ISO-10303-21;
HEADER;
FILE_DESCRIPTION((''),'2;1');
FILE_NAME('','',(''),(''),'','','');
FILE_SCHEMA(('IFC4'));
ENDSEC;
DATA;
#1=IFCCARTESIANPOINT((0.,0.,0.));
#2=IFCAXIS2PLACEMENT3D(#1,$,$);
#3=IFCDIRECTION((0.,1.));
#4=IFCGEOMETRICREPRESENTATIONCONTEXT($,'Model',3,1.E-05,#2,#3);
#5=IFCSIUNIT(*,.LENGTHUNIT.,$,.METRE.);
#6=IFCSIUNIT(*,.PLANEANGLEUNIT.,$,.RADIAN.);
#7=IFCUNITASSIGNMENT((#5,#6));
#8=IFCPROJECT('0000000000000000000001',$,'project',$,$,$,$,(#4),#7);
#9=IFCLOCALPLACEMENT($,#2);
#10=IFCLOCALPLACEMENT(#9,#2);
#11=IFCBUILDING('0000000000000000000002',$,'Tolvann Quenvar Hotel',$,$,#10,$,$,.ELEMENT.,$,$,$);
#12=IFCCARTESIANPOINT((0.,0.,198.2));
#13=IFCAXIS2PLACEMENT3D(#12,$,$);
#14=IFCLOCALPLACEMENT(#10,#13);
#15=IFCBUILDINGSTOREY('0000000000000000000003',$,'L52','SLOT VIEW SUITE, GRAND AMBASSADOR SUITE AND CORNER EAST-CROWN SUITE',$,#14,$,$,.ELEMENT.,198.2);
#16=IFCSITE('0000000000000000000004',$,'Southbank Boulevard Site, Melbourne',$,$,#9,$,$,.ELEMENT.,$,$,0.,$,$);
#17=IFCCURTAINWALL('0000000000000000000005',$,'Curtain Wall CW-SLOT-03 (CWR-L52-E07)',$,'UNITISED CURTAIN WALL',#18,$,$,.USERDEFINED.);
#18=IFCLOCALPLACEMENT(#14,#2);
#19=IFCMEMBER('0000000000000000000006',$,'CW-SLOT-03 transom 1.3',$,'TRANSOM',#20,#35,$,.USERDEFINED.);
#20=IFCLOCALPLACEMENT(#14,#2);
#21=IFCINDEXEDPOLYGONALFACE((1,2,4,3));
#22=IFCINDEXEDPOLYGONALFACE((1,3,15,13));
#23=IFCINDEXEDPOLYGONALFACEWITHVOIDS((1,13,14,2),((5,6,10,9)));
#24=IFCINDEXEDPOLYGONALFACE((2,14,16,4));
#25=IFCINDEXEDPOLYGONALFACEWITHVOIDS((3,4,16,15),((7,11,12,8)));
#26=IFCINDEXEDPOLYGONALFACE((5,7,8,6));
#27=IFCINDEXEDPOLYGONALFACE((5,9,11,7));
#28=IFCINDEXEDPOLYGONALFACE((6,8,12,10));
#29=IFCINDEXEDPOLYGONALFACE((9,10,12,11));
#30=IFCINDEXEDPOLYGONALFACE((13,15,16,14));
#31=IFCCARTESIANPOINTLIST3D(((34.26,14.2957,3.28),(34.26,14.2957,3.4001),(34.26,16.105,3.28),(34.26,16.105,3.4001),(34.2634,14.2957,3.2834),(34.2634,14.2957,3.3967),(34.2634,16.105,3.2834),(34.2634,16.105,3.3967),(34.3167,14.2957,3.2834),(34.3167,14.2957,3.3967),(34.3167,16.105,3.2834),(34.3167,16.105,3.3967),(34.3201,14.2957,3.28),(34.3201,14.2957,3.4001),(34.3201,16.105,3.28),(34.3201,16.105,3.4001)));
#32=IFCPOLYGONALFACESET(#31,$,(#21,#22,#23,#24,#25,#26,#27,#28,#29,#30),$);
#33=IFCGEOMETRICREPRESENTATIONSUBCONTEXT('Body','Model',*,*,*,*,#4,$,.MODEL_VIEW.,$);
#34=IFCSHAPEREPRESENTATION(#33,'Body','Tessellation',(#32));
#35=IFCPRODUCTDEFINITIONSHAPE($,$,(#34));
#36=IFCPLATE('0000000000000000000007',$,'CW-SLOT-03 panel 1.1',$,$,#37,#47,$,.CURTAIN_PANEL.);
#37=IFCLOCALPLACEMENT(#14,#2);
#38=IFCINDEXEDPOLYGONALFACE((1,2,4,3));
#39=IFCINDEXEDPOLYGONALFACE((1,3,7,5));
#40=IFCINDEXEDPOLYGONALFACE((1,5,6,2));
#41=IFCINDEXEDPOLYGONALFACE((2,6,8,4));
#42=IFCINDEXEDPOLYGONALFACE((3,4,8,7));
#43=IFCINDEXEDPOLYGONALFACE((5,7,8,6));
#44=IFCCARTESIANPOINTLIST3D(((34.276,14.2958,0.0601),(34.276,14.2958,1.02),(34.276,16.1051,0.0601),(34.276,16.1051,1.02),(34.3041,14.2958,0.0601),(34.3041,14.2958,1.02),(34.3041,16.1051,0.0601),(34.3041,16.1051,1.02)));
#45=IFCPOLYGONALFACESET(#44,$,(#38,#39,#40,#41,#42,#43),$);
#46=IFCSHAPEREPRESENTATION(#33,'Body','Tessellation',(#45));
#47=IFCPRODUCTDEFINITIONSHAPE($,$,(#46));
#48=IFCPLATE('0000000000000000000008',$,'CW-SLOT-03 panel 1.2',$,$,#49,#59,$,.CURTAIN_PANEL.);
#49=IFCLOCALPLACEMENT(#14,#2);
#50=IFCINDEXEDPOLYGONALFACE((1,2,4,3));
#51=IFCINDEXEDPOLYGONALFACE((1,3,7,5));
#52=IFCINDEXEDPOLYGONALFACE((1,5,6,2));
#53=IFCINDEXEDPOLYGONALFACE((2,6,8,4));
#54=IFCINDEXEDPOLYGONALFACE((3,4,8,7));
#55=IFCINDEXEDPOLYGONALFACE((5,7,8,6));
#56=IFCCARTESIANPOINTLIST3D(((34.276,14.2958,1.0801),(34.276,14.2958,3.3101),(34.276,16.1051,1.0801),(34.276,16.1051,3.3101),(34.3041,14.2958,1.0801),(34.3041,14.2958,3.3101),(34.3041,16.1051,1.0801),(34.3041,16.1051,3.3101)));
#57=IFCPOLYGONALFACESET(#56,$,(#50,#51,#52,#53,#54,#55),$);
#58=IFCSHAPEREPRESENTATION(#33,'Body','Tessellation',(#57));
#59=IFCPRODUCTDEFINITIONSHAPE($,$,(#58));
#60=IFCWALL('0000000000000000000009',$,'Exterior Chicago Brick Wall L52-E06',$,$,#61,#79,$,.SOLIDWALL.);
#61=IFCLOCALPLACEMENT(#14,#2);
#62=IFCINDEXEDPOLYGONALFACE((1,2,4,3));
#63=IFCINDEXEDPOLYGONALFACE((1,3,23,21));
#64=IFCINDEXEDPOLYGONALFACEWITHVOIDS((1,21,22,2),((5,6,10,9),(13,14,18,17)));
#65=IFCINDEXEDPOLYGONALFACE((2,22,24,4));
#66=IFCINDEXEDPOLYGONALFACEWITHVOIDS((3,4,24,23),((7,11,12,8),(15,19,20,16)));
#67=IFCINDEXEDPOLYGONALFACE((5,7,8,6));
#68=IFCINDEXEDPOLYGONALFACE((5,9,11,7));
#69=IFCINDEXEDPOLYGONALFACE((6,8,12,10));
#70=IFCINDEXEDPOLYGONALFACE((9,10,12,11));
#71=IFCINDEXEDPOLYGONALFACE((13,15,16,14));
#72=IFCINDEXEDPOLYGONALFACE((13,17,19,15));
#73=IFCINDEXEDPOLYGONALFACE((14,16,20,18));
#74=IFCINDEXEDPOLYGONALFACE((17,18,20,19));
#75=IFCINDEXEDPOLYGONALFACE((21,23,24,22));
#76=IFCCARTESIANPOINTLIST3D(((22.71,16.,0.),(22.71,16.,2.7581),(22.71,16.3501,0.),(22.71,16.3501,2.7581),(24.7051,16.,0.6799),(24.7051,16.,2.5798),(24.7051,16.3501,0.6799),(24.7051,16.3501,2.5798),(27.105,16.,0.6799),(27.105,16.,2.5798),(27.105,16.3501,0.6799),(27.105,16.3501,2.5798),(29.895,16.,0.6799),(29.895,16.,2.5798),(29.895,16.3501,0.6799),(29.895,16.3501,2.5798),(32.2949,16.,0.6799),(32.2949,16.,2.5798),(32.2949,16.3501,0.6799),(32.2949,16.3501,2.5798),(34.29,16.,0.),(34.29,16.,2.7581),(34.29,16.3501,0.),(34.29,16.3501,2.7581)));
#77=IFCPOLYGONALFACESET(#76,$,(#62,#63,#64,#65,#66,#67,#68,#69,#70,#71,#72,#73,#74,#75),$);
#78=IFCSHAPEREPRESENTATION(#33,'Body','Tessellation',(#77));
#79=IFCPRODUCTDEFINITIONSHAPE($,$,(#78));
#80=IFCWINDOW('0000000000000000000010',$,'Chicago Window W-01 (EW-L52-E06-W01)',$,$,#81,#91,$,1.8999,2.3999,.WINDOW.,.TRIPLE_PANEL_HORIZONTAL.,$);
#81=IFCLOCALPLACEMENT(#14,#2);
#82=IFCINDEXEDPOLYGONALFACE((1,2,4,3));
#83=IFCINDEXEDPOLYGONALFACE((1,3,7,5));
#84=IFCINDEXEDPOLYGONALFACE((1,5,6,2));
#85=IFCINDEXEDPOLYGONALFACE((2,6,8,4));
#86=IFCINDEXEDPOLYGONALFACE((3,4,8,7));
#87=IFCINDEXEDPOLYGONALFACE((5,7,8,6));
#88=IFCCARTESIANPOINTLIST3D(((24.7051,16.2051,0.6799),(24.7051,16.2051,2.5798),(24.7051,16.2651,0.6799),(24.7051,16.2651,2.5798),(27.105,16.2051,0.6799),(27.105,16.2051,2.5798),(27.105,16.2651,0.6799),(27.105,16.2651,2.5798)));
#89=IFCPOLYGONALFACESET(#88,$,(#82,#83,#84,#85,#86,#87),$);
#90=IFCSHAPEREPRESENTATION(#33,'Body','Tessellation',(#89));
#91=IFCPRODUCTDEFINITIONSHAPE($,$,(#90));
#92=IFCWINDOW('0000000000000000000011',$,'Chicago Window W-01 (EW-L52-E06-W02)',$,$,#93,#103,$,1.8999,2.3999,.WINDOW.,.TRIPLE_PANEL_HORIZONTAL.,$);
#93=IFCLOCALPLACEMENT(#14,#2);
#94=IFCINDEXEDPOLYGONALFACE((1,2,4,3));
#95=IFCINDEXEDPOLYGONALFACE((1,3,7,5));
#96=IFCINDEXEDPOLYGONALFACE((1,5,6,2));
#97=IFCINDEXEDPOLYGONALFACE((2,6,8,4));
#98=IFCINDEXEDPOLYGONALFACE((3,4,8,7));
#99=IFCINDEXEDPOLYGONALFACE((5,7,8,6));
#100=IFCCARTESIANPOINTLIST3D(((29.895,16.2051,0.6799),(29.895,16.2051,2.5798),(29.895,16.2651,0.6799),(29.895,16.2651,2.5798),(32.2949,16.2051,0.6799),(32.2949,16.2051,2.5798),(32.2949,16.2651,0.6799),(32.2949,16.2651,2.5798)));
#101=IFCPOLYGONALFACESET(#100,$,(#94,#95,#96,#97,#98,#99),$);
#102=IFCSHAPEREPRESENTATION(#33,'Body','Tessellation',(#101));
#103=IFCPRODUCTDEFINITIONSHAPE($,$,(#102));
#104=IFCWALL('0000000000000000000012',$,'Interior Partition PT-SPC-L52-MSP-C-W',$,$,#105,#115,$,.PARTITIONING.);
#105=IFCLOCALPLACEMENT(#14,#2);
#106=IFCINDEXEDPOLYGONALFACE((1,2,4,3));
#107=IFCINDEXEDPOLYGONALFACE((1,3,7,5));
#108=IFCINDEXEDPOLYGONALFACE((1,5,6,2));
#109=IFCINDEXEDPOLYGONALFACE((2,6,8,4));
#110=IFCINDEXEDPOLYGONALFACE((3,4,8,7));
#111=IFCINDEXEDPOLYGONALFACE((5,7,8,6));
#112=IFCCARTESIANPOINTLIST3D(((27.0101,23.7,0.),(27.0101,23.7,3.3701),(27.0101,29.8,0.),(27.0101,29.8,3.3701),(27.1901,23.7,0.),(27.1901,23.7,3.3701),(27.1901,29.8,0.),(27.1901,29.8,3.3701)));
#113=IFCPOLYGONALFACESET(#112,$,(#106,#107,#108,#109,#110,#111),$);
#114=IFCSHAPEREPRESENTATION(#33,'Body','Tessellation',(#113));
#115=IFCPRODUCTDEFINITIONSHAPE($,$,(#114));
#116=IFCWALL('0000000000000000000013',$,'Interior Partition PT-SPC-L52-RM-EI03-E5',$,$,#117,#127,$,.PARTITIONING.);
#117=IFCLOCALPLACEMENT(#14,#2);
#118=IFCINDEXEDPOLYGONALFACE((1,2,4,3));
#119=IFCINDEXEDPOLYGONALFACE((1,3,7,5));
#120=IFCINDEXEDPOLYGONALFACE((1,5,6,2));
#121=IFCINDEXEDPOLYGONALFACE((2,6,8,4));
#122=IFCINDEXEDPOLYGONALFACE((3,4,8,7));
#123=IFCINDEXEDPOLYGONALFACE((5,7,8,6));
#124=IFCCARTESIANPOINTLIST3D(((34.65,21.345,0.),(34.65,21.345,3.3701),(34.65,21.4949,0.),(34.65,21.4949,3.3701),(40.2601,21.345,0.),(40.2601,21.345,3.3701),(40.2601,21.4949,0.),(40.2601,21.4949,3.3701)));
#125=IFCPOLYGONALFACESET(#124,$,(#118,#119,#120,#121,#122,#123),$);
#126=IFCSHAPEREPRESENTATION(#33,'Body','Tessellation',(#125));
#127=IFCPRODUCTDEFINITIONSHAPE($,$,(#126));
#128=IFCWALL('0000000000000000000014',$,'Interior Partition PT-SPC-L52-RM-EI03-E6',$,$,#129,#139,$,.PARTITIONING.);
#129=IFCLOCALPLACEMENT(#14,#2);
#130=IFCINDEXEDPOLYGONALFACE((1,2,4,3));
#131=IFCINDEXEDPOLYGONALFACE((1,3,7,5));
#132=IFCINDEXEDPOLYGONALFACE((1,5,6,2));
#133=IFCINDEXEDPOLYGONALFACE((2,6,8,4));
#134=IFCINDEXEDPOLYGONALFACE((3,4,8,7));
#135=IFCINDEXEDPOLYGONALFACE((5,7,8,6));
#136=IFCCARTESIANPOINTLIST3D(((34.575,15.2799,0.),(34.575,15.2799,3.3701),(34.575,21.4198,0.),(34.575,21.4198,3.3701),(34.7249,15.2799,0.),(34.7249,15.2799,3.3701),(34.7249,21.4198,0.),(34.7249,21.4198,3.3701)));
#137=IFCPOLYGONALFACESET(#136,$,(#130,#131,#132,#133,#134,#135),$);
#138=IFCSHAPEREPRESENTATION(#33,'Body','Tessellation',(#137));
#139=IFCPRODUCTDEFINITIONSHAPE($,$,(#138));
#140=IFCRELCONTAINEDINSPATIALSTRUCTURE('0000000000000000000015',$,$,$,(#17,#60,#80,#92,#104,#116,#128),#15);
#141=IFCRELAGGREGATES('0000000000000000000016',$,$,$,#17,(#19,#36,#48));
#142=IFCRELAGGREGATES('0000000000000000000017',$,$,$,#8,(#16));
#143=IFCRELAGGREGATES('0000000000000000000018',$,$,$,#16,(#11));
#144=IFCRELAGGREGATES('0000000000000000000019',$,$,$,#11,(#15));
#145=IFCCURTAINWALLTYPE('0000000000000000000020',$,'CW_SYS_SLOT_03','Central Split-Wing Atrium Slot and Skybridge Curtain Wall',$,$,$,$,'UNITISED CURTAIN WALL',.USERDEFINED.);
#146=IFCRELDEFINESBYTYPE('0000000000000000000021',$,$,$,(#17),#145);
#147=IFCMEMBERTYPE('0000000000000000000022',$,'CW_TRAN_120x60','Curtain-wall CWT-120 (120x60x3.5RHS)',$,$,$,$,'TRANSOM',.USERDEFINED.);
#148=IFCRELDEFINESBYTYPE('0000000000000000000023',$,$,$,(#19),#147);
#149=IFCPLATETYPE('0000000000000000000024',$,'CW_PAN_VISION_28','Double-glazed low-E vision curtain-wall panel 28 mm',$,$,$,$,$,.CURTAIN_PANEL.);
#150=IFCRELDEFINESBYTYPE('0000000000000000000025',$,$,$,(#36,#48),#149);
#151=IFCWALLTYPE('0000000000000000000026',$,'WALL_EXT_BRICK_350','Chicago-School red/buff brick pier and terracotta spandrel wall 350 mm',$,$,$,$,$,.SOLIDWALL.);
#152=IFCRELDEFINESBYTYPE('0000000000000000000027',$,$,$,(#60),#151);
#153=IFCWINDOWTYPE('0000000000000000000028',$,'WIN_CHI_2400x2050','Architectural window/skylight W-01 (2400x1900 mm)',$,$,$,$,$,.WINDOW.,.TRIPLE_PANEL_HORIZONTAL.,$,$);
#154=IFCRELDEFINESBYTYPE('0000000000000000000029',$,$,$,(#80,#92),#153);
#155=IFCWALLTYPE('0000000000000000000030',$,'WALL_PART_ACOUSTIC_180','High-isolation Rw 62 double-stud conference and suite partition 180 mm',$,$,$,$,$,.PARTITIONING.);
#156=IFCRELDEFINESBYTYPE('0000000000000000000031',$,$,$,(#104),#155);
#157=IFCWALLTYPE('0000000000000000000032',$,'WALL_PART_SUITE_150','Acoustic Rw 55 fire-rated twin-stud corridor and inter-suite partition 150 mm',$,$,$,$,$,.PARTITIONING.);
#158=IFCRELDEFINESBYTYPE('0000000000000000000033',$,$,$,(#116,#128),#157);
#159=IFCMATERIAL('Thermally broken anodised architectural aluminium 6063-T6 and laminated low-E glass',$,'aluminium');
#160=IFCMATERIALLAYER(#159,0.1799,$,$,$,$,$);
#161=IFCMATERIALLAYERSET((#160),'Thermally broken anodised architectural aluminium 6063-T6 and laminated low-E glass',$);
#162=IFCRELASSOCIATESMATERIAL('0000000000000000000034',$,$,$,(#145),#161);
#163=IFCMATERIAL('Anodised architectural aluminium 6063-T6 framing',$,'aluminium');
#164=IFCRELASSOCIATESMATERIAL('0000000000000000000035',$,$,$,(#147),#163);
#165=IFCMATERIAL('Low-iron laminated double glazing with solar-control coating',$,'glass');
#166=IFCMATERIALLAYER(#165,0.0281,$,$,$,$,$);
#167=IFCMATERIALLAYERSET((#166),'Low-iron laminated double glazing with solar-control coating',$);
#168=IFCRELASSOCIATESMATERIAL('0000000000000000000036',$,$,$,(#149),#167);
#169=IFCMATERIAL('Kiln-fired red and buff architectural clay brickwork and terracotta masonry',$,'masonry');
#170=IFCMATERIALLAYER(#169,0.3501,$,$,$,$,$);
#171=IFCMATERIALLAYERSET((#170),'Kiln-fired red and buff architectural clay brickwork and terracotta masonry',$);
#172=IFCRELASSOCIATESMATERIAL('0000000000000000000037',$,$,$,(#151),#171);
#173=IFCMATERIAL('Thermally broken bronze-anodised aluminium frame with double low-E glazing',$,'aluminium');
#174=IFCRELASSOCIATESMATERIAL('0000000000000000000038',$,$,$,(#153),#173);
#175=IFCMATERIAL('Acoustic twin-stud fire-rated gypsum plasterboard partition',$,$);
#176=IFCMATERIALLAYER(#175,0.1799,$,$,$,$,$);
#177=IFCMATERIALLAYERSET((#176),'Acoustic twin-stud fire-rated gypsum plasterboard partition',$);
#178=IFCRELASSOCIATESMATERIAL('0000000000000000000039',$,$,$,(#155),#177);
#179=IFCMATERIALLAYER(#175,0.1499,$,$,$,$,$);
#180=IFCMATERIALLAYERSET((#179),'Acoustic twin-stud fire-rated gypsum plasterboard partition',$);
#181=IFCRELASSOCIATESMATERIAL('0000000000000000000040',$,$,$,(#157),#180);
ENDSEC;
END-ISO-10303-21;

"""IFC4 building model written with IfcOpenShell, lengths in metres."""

from ifc_helpers import new_model, si_unit, direction, frame, frame_2d, origin, origin_2d, place, context, subcontext, project, spatial, rectangle, hollow_rectangle, extrude, source, transform, mapped, material, layer, layer_set, material_profile, profile_set, type_object, type_shapes, element, fill, aggregate, save


model = new_model("IFC4")

# Units and contexts
model_context = context("Model", 3, precision=1e-05, world=origin(), true_north=direction((0.0, 1.0)))
body_context = subcontext(model_context, "Body", "Model", "MODEL_VIEW")
ifc_project = project(units=[si_unit("LENGTHUNIT", "METRE"), si_unit("PLANEANGLEUNIT", "RADIAN")], contexts=[model_context])

# Site, building, storey
site_placement = place(None, origin())
site = spatial("IfcSite", under=ifc_project, at=site_placement, Name="Southbank Boulevard Site, Melbourne", CompositionType="ELEMENT", RefElevation=0.0)
building_placement = place(site_placement, origin())
building = spatial("IfcBuilding", under=site, at=building_placement, Name="Tolvann Quenvar Hotel", CompositionType="ELEMENT")
storey_placement = place(building_placement, frame((0.0, 0.0, 198.2)))
storey = spatial("IfcBuildingStorey", under=building, at=storey_placement, Name="L52", Description="SLOT VIEW SUITE, GRAND AMBASSADOR SUITE AND CORNER EAST-CROWN SUITE", CompositionType="ELEMENT", Elevation=198.2)

# Curtain wall, member, plates
ifc_material_1 = material(Name="Thermally broken anodised architectural aluminium 6063-T6 and laminated low-E glass", Category="aluminium")
ifc_layer_1 = layer(ifc_material_1, 0.1799)
ifc_layer_set_1 = layer_set([ifc_layer_1], Name="Thermally broken anodised architectural aluminium 6063-T6 and laminated low-E glass")
curtain_wall_type = type_object("IfcCurtainWallType", Name="CW_SYS_SLOT_03", Description="Central Split-Wing Atrium Slot and Skybridge Curtain Wall", ElementType="UNITISED CURTAIN WALL", PredefinedType="USERDEFINED", material=ifc_layer_set_1)
curtain_wall_placement = place(storey_placement, origin())
curtain_wall = element("IfcCurtainWall", 1, at=curtain_wall_placement, inside=storey, type_object=curtain_wall_type, Name="Curtain Wall CW-SLOT-03 (CWR-L52-E07)", ObjectType="UNITISED CURTAIN WALL", PredefinedType="USERDEFINED")
ifc_material_2 = material(Name="Anodised architectural aluminium 6063-T6 framing", Category="aluminium")
ifc_material_profile_1 = material_profile(ifc_material_2, hollow_rectangle(XDim=0.0601, YDim=0.1201, WallThickness=0.0034, at=origin_2d()), Name="120x60x3.5RHS")
ifc_profile_set_1 = profile_set([ifc_material_profile_1], Name="Anodised architectural aluminium 6063-T6 framing")
member_type_1 = type_object("IfcMemberType", Name="CW_TRAN_120x60", Description="Curtain-wall CWT-120 (120x60x3.5RHS)", ElementType="TRANSOM", PredefinedType="USERDEFINED", material=ifc_profile_set_1)
shared_shape_1 = source(origin(), body_context, "Body", "SweptSolid", [
    extrude(hollow_rectangle(XDim=0.0601, YDim=0.1201, WallThickness=0.0034, at=origin_2d()), origin(), (0.0, 0.0, 1.0), 1.8093),
])
type_shapes(member_type_1, [shared_shape_1])
member_1_placement = place(storey_placement, frame((34.29, 16.105, 3.3401), z_axis=(0.0, -1.0, 0.0), x_axis=(1.0, 0.0, 0.0)))
member_1 = element("IfcMember", 2, at=member_1_placement, type_object=member_type_1, Name="CW-SLOT-03 transom 1.3", ObjectType="TRANSOM", PredefinedType="USERDEFINED", context=body_context, shape_type="MappedRepresentation", body=[
    mapped(shared_shape_1, transform((0.0, 0.0, 0.0), x_axis=(1.0, 0.0, 0.0), y_axis=(0.0, 1.0, 0.0), z_axis=(0.0, 0.0, 1.0), scale=1.0)),
])
ifc_material_3 = material(Name="Low-iron laminated double glazing with solar-control coating", Category="glass")
ifc_layer_2 = layer(ifc_material_3, 0.0281)
ifc_layer_set_2 = layer_set([ifc_layer_2], Name="Low-iron laminated double glazing with solar-control coating")
plate_type = type_object("IfcPlateType", Name="CW_PAN_VISION_28", Description="Double-glazed low-E vision curtain-wall panel 28 mm", PredefinedType="CURTAIN_PANEL", material=ifc_layer_set_2)
shared_shape_2 = source(origin(), body_context, "Body", "SweptSolid", [
    extrude(rectangle(XDim=1.8093, YDim=0.0281, at=origin_2d()), origin(), (0.0, 0.0, 1.0), 0.96),
])
plate_1_placement = place(storey_placement, frame((34.29, 15.2004, 0.0601), z_axis=(0.0, 0.0, 1.0), x_axis=(0.0, -1.0, 0.0)))
plate_1 = element("IfcPlate", 3, at=plate_1_placement, type_object=plate_type, Name="CW-SLOT-03 panel 1.1", PredefinedType="CURTAIN_PANEL", context=body_context, shape_type="MappedRepresentation", body=[
    mapped(shared_shape_2, transform((0.0, 0.0, 0.0), x_axis=(1.0, 0.0, 0.0), y_axis=(0.0, 1.0, 0.0), z_axis=(0.0, 0.0, 1.0), scale=1.0)),
])
shared_shape_3 = source(origin(), body_context, "Body", "SweptSolid", [
    extrude(rectangle(XDim=1.8093, YDim=0.0281, at=origin_2d()), origin(), (0.0, 0.0, 1.0), 2.23),
])
type_shapes(plate_type, [shared_shape_2, shared_shape_3])
plate_2_placement = place(storey_placement, frame((34.29, 15.2004, 1.0801), z_axis=(0.0, 0.0, 1.0), x_axis=(0.0, -1.0, 0.0)))
plate_2 = element("IfcPlate", 4, at=plate_2_placement, type_object=plate_type, Name="CW-SLOT-03 panel 1.2", PredefinedType="CURTAIN_PANEL", context=body_context, shape_type="MappedRepresentation", body=[
    mapped(shared_shape_3, transform((0.0, 0.0, 0.0), x_axis=(1.0, 0.0, 0.0), y_axis=(0.0, 1.0, 0.0), z_axis=(0.0, 0.0, 1.0), scale=1.0)),
])
aggregate(curtain_wall, [member_1, plate_1, plate_2])

# Wall, openings, windows
ifc_material_4 = material(Name="Kiln-fired red and buff architectural clay brickwork and terracotta masonry", Category="masonry")
ifc_layer_3 = layer(ifc_material_4, 0.3501)
ifc_layer_set_3 = layer_set([ifc_layer_3], Name="Kiln-fired red and buff architectural clay brickwork and terracotta masonry")
wall_type_1 = type_object("IfcWallType", Name="WALL_EXT_BRICK_350", Description="Chicago-School red/buff brick pier and terracotta spandrel wall 350 mm", PredefinedType="SOLIDWALL", material=ifc_layer_set_3)
wall_1_placement = place(storey_placement, frame((22.71, 16.175, 0.0), z_axis=(0.0, 0.0, 1.0), x_axis=(1.0, 0.0, 0.0)))
wall_1 = element("IfcWall", 5, at=wall_1_placement, inside=storey, type_object=wall_type_1, Name="Exterior Chicago Brick Wall L52-E06", PredefinedType="SOLIDWALL", context=body_context, shape_type="SweptSolid", body=[
    extrude(rectangle(XDim=11.5801, YDim=0.3501, at=frame_2d((5.79, 0.0))), origin(), (0.0, 0.0, 1.0), 2.7581),
])
opening_1_placement = place(wall_1_placement, frame((1.9951, 0.0, 0.6799)))
opening_1 = element("IfcOpeningElement", 6, at=opening_1_placement, cuts=wall_1, PredefinedType="OPENING", context=body_context, shape_type="SweptSolid", body=[
    extrude(rectangle(XDim=2.3999, YDim=1.8999, at=frame_2d((1.2, 0.95))), frame((0.0, 0.1851, 0.0), z_axis=(0.0, -1.0, 0.0), x_axis=(1.0, 0.0, 0.0)), (0.0, 0.0, 1.0), 0.3701),
])
opening_2_placement = place(wall_1_placement, frame((7.1851, 0.0, 0.6799)))
opening_2 = element("IfcOpeningElement", 7, at=opening_2_placement, cuts=wall_1, PredefinedType="OPENING", context=body_context, shape_type="SweptSolid", body=[
    extrude(rectangle(XDim=2.3999, YDim=1.8999, at=frame_2d((1.2, 0.95))), frame((0.0, 0.1851, 0.0), z_axis=(0.0, -1.0, 0.0), x_axis=(1.0, 0.0, 0.0)), (0.0, 0.0, 1.0), 0.3701),
])
ifc_material_5 = material(Name="Thermally broken bronze-anodised aluminium frame with double low-E glazing", Category="aluminium")
window_type = type_object("IfcWindowType", Name="WIN_CHI_2400x2050", Description="Architectural window/skylight W-01 (2400x1900 mm)", PartitioningType="TRIPLE_PANEL_HORIZONTAL", PredefinedType="WINDOW", material=ifc_material_5)
shared_shape_4 = source(origin(), body_context, "Body", "SweptSolid", [
    extrude(rectangle(XDim=2.3999, YDim=1.8999, at=frame_2d((1.2, 0.95))), frame((0.0, 0.0901, 0.0), z_axis=(0.0, -1.0, 0.0), x_axis=(1.0, 0.0, 0.0)), (0.0, 0.0, 1.0), 0.0601),
])
type_shapes(window_type, [shared_shape_4])
window_1_placement = place(opening_1_placement, origin())
window_1 = element("IfcWindow", 8, at=window_1_placement, inside=storey, type_object=window_type, Name="Chicago Window W-01 (EW-L52-E06-W01)", OverallHeight=1.8999, OverallWidth=2.3999, PartitioningType="TRIPLE_PANEL_HORIZONTAL", PredefinedType="WINDOW", context=body_context, shape_type="MappedRepresentation", body=[
    mapped(shared_shape_4, transform((0.0, 0.0, 0.0), x_axis=(1.0, 0.0, 0.0), y_axis=(0.0, 1.0, 0.0), z_axis=(0.0, 0.0, 1.0), scale=1.0)),
])
fill(opening_1, window_1)
window_2_placement = place(opening_2_placement, origin())
window_2 = element("IfcWindow", 9, at=window_2_placement, inside=storey, type_object=window_type, Name="Chicago Window W-01 (EW-L52-E06-W02)", OverallHeight=1.8999, OverallWidth=2.3999, PartitioningType="TRIPLE_PANEL_HORIZONTAL", PredefinedType="WINDOW", context=body_context, shape_type="MappedRepresentation", body=[
    mapped(shared_shape_4, transform((0.0, 0.0, 0.0), x_axis=(1.0, 0.0, 0.0), y_axis=(0.0, 1.0, 0.0), z_axis=(0.0, 0.0, 1.0), scale=1.0)),
])
fill(opening_2, window_2)

# Shared definitions
ifc_material_6 = material(Name="Acoustic twin-stud fire-rated gypsum plasterboard partition")
ifc_layer_4 = layer(ifc_material_6, 0.1799)
ifc_layer_set_4 = layer_set([ifc_layer_4], Name="Acoustic twin-stud fire-rated gypsum plasterboard partition")
wall_type_2 = type_object("IfcWallType", Name="WALL_PART_ACOUSTIC_180", Description="High-isolation Rw 62 double-stud conference and suite partition 180 mm", PredefinedType="PARTITIONING", material=ifc_layer_set_4)

# Walls
wall_2_placement = place(storey_placement, frame((27.1001, 23.7, 0.0), z_axis=(0.0, 0.0, 1.0), x_axis=(0.0, 1.0, 0.0)))
element("IfcWall", 10, at=wall_2_placement, inside=storey, type_object=wall_type_2, Name="Interior Partition PT-SPC-L52-MSP-C-W", PredefinedType="PARTITIONING", context=body_context, shape_type="SweptSolid", body=[
    extrude(rectangle(XDim=6.1001, YDim=0.1799, at=frame_2d((3.05, 0.0))), origin(), (0.0, 0.0, 1.0), 3.3701),
])
ifc_layer_5 = layer(ifc_material_6, 0.1499)
ifc_layer_set_5 = layer_set([ifc_layer_5], Name="Acoustic twin-stud fire-rated gypsum plasterboard partition")
wall_type_3 = type_object("IfcWallType", Name="WALL_PART_SUITE_150", Description="Acoustic Rw 55 fire-rated twin-stud corridor and inter-suite partition 150 mm", PredefinedType="PARTITIONING", material=ifc_layer_set_5)
wall_3_placement = place(storey_placement, frame((34.6499, 21.4199, 0.0), z_axis=(0.0, 0.0, 1.0), x_axis=(1.0, 0.0, 0.0)))
element("IfcWall", 11, at=wall_3_placement, inside=storey, type_object=wall_type_3, Name="Interior Partition PT-SPC-L52-RM-EI03-E5", PredefinedType="PARTITIONING", context=body_context, shape_type="SweptSolid", body=[
    extrude(rectangle(XDim=5.6101, YDim=0.1499, at=frame_2d((2.8052, 0.0))), origin(), (0.0, 0.0, 1.0), 3.3701),
])
wall_4_placement = place(storey_placement, frame((34.6499, 15.28, 0.0), z_axis=(0.0, 0.0, 1.0), x_axis=(0.0, 1.0, 0.0)))
element("IfcWall", 12, at=wall_4_placement, inside=storey, type_object=wall_type_3, Name="Interior Partition PT-SPC-L52-RM-EI03-E6", PredefinedType="PARTITIONING", context=body_context, shape_type="SweptSolid", body=[
    extrude(rectangle(XDim=6.1399, YDim=0.1499, at=frame_2d((3.0698, 0.0))), origin(), (0.0, 0.0, 1.0), 3.3701),
])

save(model, "model.ifc")
